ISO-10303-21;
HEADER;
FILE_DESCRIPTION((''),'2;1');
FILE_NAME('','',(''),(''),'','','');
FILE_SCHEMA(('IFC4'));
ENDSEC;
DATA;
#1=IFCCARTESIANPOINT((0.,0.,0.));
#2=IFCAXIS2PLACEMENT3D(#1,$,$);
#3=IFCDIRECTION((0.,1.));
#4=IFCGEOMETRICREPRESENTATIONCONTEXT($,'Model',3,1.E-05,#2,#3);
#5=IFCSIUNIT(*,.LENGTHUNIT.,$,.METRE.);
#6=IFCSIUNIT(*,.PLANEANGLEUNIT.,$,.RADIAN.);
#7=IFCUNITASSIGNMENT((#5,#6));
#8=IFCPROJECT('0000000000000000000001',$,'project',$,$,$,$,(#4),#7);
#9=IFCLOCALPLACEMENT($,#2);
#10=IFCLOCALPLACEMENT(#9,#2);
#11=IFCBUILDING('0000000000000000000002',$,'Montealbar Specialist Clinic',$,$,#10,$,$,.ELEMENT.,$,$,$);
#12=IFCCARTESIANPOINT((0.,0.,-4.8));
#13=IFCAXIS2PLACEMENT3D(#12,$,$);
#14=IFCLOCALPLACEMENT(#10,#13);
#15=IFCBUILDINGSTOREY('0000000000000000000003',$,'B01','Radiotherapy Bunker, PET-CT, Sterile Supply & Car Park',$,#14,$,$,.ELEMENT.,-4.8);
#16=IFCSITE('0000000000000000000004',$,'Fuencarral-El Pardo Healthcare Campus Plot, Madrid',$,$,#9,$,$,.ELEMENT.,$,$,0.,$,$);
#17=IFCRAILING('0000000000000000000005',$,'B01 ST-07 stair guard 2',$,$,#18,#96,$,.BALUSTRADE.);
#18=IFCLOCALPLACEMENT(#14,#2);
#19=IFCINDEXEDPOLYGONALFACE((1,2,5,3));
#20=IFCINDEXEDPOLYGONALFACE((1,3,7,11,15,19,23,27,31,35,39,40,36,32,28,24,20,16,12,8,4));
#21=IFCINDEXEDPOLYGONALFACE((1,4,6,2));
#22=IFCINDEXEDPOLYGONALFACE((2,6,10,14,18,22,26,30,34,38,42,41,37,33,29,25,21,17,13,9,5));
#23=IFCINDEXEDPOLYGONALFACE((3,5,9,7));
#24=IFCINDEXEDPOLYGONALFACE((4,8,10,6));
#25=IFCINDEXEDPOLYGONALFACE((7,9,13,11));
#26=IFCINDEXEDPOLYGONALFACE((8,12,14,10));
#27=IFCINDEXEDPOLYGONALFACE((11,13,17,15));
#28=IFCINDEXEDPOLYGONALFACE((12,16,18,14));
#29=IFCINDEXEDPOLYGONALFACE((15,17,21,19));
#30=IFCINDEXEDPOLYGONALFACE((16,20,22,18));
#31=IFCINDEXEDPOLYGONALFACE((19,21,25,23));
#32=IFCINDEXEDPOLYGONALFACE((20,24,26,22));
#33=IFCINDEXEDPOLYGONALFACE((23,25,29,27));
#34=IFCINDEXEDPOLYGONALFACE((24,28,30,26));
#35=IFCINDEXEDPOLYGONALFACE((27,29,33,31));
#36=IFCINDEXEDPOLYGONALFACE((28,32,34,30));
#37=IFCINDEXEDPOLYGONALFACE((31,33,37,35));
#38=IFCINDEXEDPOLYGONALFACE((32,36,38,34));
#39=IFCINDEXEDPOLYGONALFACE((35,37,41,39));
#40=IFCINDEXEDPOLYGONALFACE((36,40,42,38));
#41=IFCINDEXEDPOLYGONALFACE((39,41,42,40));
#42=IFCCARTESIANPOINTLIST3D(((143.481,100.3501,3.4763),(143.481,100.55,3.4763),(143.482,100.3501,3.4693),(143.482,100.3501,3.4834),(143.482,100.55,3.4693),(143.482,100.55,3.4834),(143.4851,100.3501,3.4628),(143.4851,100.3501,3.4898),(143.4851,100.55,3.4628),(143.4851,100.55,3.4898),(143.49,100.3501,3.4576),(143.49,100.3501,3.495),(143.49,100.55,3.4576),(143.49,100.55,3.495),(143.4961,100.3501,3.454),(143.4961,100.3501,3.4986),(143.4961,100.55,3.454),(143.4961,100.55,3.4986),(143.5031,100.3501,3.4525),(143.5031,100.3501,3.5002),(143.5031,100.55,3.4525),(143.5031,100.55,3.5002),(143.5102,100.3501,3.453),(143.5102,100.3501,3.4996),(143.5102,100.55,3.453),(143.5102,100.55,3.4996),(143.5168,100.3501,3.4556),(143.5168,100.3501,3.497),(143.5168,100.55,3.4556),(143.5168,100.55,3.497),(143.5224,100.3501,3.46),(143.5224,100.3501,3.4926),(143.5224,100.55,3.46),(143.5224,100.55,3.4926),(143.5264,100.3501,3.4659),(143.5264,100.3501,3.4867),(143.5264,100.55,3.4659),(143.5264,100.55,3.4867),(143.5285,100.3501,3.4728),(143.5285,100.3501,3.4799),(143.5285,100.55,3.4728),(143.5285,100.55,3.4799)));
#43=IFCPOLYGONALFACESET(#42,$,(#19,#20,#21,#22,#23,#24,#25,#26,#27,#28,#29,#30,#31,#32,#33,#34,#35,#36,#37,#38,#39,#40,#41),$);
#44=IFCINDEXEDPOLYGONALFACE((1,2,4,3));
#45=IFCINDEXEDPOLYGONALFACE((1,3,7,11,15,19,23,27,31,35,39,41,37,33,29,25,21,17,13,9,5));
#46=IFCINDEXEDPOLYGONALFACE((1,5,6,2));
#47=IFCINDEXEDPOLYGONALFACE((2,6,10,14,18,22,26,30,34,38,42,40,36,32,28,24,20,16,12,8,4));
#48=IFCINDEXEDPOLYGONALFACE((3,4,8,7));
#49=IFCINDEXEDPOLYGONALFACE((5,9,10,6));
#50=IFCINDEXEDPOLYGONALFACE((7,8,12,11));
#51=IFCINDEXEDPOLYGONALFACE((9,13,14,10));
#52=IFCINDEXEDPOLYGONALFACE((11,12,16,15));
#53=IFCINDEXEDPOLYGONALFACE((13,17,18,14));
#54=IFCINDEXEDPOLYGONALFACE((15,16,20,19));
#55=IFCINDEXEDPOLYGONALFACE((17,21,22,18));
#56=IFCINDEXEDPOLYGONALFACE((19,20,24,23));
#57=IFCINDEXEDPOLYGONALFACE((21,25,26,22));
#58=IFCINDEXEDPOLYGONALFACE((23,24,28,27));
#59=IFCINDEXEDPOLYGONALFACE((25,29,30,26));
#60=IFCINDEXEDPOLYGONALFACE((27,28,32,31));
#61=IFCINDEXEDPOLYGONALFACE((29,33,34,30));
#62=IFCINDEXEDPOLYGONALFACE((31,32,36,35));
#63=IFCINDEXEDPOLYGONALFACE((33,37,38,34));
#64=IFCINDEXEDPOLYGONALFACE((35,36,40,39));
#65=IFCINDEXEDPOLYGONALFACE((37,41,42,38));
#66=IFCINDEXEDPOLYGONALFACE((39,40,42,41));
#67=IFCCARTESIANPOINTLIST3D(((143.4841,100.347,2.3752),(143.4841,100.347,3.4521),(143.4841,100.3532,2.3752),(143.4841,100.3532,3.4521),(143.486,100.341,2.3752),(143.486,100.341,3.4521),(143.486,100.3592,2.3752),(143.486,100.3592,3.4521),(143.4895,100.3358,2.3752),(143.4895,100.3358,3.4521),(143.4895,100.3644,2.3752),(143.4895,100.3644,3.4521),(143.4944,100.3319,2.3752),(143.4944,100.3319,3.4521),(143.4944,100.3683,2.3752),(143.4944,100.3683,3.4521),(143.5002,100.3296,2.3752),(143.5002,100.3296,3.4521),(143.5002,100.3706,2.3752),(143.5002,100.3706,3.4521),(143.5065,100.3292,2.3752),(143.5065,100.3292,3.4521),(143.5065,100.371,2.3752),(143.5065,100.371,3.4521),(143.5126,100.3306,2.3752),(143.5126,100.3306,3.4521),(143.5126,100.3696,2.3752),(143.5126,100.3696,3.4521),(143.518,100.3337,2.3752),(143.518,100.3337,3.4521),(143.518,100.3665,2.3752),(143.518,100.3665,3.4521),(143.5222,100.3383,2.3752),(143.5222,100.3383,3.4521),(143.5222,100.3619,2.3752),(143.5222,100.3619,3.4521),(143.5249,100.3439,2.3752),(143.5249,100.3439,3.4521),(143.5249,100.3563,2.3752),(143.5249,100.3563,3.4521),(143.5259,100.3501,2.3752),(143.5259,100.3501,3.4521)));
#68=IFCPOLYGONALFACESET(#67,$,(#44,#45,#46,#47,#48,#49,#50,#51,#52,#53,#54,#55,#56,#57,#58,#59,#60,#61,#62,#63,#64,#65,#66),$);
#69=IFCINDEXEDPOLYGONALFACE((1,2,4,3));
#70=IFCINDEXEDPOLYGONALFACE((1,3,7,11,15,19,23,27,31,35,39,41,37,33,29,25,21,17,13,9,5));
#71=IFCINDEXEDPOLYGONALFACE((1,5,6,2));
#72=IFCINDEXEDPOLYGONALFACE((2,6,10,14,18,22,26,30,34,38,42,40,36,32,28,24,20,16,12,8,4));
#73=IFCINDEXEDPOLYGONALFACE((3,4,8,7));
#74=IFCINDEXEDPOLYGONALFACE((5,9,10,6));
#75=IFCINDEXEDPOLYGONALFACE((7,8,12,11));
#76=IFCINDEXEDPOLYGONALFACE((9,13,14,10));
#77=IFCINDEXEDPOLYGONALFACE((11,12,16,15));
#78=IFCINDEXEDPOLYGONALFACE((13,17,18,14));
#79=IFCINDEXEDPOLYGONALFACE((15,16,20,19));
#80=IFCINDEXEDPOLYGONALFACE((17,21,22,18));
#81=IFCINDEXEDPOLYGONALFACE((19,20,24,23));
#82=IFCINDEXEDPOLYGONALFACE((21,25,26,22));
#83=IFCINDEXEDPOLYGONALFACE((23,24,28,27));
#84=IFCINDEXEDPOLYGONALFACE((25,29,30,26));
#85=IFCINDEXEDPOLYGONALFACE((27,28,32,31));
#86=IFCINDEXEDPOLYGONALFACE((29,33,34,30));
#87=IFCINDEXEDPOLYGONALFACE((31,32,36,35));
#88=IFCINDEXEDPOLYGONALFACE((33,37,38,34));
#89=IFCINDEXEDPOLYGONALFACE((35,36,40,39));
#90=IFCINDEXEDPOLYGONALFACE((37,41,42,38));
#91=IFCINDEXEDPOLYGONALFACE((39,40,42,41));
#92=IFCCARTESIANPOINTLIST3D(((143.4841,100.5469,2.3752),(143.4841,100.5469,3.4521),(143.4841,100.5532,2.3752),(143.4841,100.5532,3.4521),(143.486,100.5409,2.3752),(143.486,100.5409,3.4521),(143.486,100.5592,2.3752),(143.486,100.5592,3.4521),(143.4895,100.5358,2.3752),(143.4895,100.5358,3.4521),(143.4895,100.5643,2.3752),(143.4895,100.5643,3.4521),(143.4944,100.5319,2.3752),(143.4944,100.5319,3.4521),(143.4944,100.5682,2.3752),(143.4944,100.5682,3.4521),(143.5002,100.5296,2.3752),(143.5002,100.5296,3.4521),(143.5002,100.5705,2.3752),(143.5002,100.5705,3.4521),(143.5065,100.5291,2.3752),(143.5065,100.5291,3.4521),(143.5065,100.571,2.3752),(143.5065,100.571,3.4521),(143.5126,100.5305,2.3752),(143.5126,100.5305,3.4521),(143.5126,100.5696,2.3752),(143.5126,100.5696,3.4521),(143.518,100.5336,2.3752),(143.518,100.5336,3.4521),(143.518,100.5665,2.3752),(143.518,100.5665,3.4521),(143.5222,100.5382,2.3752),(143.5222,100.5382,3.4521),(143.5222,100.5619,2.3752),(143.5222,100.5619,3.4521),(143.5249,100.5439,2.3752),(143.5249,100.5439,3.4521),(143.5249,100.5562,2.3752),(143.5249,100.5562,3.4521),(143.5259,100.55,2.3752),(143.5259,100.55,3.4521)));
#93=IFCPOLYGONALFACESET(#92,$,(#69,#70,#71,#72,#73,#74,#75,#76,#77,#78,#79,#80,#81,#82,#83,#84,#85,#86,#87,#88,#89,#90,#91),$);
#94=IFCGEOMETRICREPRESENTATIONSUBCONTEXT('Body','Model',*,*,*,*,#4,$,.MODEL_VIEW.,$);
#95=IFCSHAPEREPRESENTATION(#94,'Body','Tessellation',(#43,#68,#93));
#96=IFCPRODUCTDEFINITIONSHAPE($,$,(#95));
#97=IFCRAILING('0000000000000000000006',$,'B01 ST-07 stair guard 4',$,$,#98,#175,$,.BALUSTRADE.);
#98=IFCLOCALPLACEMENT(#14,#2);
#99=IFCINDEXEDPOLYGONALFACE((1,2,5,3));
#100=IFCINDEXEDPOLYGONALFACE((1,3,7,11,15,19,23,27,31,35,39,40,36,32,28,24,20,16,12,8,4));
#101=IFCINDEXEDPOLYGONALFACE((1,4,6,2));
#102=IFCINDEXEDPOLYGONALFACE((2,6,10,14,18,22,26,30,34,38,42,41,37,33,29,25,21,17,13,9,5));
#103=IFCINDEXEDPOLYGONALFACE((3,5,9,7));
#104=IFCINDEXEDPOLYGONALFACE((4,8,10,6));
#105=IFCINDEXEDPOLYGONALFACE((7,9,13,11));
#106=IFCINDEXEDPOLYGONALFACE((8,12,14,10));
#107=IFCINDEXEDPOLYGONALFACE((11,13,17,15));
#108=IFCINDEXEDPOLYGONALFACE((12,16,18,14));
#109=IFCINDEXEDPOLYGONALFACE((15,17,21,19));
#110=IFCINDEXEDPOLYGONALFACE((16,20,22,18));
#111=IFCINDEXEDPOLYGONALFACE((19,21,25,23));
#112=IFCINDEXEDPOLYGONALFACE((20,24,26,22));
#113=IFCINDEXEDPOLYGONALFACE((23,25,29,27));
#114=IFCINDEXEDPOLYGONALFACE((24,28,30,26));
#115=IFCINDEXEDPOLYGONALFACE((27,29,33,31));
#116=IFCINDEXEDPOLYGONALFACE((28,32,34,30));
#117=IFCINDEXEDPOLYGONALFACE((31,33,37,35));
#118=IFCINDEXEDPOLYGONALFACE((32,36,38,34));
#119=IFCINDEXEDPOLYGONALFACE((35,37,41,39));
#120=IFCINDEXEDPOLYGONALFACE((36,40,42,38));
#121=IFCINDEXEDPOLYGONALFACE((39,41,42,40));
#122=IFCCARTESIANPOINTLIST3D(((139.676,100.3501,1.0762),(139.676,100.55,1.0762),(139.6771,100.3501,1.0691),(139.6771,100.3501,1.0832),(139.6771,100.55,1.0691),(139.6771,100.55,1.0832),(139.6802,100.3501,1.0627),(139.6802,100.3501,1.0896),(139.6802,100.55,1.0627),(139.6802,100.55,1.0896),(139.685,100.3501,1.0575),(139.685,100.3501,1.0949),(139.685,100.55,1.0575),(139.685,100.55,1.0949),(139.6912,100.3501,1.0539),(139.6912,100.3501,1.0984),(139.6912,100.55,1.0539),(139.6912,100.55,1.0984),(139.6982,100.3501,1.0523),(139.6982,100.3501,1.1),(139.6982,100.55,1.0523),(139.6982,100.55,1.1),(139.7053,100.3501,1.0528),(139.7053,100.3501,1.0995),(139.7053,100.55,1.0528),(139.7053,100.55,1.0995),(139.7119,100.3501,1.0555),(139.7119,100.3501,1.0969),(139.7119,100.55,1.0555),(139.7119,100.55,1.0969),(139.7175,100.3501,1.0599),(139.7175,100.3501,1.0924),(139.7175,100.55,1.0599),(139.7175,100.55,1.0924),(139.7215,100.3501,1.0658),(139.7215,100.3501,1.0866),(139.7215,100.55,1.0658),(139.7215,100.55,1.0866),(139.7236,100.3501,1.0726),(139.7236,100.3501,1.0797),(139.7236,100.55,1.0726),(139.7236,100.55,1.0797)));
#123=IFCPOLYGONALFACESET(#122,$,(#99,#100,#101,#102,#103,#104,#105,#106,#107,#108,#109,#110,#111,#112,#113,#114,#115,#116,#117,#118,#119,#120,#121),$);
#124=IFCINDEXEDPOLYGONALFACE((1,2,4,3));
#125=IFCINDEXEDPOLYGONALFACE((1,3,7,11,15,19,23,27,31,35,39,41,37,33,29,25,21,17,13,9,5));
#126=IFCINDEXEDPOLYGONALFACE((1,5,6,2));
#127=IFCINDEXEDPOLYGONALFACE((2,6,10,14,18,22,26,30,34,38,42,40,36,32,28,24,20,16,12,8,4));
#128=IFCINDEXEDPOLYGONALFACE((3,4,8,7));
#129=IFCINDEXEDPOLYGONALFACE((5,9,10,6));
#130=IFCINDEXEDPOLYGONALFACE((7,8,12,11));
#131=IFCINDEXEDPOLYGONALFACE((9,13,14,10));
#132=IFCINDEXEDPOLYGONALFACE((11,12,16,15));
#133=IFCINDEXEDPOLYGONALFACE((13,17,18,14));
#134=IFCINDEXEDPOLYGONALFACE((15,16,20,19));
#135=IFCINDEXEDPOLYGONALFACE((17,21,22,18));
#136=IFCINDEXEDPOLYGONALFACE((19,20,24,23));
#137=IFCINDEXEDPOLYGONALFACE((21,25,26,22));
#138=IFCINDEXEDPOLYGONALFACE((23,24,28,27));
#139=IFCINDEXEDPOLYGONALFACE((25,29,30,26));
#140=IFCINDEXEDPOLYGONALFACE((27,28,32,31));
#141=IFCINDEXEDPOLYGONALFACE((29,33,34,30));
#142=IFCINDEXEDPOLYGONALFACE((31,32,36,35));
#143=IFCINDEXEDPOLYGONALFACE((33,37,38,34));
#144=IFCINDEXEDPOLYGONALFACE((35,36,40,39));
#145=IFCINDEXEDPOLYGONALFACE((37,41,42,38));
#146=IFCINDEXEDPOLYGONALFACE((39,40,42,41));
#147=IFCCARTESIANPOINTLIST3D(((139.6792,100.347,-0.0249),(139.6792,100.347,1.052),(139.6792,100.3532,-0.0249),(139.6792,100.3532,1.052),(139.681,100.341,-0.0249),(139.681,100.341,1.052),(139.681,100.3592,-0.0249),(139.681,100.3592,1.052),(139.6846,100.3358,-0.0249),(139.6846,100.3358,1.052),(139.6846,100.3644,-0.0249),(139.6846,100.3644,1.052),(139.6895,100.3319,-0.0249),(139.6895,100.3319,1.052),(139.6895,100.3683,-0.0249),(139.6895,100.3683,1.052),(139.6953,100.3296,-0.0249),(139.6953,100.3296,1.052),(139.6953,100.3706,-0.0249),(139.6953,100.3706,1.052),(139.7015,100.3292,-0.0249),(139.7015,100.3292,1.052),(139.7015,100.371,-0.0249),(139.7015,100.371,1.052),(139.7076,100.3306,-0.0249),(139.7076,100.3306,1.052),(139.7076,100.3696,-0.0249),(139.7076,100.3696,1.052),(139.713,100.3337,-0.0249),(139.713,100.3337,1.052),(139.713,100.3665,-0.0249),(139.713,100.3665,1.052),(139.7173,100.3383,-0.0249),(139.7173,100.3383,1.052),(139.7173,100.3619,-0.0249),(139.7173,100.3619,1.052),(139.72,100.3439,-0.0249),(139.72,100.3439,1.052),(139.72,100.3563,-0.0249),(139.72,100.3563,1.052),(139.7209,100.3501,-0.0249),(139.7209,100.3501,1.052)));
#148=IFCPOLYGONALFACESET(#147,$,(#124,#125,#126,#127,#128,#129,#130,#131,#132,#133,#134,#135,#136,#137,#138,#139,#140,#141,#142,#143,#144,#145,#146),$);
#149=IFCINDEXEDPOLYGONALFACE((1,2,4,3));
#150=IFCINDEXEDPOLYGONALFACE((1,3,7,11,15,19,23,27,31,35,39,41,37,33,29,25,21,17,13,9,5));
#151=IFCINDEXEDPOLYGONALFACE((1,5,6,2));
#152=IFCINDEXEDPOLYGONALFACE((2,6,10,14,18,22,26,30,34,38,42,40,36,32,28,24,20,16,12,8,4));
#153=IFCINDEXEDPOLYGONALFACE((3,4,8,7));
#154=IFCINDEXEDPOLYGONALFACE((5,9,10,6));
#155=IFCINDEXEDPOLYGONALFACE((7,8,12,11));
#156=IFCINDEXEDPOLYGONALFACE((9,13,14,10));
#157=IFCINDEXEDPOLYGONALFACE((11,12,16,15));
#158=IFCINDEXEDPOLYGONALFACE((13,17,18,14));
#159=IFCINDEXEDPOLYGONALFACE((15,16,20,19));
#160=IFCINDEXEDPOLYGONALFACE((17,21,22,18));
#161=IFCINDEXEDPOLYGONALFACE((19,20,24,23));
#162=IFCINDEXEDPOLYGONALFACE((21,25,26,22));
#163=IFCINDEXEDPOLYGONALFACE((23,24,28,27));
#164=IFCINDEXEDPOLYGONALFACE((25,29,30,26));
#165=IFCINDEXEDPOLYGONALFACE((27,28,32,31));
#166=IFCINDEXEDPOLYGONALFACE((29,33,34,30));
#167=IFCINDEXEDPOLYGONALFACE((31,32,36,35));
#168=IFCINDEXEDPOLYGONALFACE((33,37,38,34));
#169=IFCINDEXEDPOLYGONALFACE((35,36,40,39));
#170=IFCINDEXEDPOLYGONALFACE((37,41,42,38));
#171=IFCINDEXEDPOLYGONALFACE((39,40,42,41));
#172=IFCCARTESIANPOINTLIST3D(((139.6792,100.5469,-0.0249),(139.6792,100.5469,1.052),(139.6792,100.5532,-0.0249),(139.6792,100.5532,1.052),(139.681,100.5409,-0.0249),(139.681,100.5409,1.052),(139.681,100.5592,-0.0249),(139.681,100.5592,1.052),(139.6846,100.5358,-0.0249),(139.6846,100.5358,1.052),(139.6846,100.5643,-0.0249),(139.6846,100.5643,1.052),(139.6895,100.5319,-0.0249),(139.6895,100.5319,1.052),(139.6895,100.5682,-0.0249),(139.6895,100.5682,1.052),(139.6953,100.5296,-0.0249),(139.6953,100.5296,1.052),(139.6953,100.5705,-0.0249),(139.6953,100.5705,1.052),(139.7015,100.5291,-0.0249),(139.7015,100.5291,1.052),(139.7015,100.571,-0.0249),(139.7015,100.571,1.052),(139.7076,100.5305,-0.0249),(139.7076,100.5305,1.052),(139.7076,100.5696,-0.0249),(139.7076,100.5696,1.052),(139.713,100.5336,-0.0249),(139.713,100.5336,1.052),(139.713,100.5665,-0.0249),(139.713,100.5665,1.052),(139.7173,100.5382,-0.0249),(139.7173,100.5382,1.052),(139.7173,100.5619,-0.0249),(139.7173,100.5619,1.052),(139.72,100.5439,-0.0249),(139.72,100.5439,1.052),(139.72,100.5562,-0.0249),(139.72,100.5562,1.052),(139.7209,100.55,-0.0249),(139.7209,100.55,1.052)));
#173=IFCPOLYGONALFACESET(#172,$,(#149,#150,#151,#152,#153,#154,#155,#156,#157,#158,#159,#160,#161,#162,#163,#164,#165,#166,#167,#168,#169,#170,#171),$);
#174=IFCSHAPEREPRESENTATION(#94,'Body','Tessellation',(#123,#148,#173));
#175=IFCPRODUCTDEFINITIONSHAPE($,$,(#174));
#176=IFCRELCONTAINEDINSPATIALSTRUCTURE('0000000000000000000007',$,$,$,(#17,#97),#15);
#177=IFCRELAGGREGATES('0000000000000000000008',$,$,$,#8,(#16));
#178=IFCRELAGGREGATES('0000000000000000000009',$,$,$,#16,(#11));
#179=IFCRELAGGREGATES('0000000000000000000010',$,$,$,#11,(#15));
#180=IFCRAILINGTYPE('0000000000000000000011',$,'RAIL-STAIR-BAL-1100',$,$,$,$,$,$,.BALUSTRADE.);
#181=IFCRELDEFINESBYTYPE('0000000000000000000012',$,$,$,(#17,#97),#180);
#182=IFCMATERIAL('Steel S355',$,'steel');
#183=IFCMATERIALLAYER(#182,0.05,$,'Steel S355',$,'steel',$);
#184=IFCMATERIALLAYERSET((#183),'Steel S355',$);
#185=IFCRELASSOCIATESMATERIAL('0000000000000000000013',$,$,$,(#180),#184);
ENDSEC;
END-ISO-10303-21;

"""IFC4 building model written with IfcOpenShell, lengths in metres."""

from ifc_helpers import new_model, si_unit, direction, frame, origin, origin_2d, place, context, subcontext, project, spatial, circle, extrude, material, layer, layer_set, type_object, element, save


model = new_model("IFC4")

# Units and contexts
model_context = context("Model", 3, precision=1e-05, world=origin(), true_north=direction((0.0, 1.0)))
body_context = subcontext(model_context, "Body", "Model", "MODEL_VIEW")
ifc_project = project(units=[si_unit("LENGTHUNIT", "METRE"), si_unit("PLANEANGLEUNIT", "RADIAN")], contexts=[model_context])

# Site, building, storey
site_placement = place(None, origin())
site = spatial("IfcSite", under=ifc_project, at=site_placement, Name="Fuencarral-El Pardo Healthcare Campus Plot, Madrid", CompositionType="ELEMENT", RefElevation=0.0)
building_placement = place(site_placement, origin())
building = spatial("IfcBuilding", under=site, at=building_placement, Name="Montealbar Specialist Clinic", CompositionType="ELEMENT")
storey_placement = place(building_placement, frame((0.0, 0.0, -4.8)))
storey = spatial("IfcBuildingStorey", under=building, at=storey_placement, Name="B01", Description="Radiotherapy Bunker, PET-CT, Sterile Supply & Car Park", CompositionType="ELEMENT", Elevation=-4.8)

# Shared definitions
ifc_material_1 = material(Name="Steel S355", Category="steel")

# Railings
ifc_layer_1 = layer(ifc_material_1, 0.05, Name="Steel S355", Category="steel")
ifc_layer_set_1 = layer_set([ifc_layer_1], Name="Steel S355")
railing_type_1 = type_object("IfcRailingType", Name="RAIL-STAIR-BAL-1100", PredefinedType="BALUSTRADE", material=ifc_layer_set_1)
for number, where, name in (
    (1, (143.5049, 100.3501, 2.4001), "B01 ST-07 stair guard 2"),
    (2, (139.7, 100.3501, 0.0), "B01 ST-07 stair guard 4"),
):
    element("IfcRailing", number, at=place(storey_placement, frame(where)), inside=storey, type_object=railing_type_1, Name=name, PredefinedType="BALUSTRADE", context=body_context, shape_type="SweptSolid", body=[
        extrude(circle(Radius=0.0239, at=origin_2d()), frame((0.0, 0.0, 1.0762), z_axis=(0.0, 1.0, 0.0), x_axis=(-1.0, 0.0, 0.0)), (0.0, 0.0, 1.0), 0.2),
        extrude(circle(Radius=0.021, at=origin_2d()), frame((0.0, 0.0, -0.0249)), (0.0, 0.0, 1.0), 1.0769),
        extrude(circle(Radius=0.021, at=origin_2d()), frame((0.0, 0.2, -0.0249)), (0.0, 0.0, 1.0), 1.0769),
    ])

save(model, "model.ifc")
